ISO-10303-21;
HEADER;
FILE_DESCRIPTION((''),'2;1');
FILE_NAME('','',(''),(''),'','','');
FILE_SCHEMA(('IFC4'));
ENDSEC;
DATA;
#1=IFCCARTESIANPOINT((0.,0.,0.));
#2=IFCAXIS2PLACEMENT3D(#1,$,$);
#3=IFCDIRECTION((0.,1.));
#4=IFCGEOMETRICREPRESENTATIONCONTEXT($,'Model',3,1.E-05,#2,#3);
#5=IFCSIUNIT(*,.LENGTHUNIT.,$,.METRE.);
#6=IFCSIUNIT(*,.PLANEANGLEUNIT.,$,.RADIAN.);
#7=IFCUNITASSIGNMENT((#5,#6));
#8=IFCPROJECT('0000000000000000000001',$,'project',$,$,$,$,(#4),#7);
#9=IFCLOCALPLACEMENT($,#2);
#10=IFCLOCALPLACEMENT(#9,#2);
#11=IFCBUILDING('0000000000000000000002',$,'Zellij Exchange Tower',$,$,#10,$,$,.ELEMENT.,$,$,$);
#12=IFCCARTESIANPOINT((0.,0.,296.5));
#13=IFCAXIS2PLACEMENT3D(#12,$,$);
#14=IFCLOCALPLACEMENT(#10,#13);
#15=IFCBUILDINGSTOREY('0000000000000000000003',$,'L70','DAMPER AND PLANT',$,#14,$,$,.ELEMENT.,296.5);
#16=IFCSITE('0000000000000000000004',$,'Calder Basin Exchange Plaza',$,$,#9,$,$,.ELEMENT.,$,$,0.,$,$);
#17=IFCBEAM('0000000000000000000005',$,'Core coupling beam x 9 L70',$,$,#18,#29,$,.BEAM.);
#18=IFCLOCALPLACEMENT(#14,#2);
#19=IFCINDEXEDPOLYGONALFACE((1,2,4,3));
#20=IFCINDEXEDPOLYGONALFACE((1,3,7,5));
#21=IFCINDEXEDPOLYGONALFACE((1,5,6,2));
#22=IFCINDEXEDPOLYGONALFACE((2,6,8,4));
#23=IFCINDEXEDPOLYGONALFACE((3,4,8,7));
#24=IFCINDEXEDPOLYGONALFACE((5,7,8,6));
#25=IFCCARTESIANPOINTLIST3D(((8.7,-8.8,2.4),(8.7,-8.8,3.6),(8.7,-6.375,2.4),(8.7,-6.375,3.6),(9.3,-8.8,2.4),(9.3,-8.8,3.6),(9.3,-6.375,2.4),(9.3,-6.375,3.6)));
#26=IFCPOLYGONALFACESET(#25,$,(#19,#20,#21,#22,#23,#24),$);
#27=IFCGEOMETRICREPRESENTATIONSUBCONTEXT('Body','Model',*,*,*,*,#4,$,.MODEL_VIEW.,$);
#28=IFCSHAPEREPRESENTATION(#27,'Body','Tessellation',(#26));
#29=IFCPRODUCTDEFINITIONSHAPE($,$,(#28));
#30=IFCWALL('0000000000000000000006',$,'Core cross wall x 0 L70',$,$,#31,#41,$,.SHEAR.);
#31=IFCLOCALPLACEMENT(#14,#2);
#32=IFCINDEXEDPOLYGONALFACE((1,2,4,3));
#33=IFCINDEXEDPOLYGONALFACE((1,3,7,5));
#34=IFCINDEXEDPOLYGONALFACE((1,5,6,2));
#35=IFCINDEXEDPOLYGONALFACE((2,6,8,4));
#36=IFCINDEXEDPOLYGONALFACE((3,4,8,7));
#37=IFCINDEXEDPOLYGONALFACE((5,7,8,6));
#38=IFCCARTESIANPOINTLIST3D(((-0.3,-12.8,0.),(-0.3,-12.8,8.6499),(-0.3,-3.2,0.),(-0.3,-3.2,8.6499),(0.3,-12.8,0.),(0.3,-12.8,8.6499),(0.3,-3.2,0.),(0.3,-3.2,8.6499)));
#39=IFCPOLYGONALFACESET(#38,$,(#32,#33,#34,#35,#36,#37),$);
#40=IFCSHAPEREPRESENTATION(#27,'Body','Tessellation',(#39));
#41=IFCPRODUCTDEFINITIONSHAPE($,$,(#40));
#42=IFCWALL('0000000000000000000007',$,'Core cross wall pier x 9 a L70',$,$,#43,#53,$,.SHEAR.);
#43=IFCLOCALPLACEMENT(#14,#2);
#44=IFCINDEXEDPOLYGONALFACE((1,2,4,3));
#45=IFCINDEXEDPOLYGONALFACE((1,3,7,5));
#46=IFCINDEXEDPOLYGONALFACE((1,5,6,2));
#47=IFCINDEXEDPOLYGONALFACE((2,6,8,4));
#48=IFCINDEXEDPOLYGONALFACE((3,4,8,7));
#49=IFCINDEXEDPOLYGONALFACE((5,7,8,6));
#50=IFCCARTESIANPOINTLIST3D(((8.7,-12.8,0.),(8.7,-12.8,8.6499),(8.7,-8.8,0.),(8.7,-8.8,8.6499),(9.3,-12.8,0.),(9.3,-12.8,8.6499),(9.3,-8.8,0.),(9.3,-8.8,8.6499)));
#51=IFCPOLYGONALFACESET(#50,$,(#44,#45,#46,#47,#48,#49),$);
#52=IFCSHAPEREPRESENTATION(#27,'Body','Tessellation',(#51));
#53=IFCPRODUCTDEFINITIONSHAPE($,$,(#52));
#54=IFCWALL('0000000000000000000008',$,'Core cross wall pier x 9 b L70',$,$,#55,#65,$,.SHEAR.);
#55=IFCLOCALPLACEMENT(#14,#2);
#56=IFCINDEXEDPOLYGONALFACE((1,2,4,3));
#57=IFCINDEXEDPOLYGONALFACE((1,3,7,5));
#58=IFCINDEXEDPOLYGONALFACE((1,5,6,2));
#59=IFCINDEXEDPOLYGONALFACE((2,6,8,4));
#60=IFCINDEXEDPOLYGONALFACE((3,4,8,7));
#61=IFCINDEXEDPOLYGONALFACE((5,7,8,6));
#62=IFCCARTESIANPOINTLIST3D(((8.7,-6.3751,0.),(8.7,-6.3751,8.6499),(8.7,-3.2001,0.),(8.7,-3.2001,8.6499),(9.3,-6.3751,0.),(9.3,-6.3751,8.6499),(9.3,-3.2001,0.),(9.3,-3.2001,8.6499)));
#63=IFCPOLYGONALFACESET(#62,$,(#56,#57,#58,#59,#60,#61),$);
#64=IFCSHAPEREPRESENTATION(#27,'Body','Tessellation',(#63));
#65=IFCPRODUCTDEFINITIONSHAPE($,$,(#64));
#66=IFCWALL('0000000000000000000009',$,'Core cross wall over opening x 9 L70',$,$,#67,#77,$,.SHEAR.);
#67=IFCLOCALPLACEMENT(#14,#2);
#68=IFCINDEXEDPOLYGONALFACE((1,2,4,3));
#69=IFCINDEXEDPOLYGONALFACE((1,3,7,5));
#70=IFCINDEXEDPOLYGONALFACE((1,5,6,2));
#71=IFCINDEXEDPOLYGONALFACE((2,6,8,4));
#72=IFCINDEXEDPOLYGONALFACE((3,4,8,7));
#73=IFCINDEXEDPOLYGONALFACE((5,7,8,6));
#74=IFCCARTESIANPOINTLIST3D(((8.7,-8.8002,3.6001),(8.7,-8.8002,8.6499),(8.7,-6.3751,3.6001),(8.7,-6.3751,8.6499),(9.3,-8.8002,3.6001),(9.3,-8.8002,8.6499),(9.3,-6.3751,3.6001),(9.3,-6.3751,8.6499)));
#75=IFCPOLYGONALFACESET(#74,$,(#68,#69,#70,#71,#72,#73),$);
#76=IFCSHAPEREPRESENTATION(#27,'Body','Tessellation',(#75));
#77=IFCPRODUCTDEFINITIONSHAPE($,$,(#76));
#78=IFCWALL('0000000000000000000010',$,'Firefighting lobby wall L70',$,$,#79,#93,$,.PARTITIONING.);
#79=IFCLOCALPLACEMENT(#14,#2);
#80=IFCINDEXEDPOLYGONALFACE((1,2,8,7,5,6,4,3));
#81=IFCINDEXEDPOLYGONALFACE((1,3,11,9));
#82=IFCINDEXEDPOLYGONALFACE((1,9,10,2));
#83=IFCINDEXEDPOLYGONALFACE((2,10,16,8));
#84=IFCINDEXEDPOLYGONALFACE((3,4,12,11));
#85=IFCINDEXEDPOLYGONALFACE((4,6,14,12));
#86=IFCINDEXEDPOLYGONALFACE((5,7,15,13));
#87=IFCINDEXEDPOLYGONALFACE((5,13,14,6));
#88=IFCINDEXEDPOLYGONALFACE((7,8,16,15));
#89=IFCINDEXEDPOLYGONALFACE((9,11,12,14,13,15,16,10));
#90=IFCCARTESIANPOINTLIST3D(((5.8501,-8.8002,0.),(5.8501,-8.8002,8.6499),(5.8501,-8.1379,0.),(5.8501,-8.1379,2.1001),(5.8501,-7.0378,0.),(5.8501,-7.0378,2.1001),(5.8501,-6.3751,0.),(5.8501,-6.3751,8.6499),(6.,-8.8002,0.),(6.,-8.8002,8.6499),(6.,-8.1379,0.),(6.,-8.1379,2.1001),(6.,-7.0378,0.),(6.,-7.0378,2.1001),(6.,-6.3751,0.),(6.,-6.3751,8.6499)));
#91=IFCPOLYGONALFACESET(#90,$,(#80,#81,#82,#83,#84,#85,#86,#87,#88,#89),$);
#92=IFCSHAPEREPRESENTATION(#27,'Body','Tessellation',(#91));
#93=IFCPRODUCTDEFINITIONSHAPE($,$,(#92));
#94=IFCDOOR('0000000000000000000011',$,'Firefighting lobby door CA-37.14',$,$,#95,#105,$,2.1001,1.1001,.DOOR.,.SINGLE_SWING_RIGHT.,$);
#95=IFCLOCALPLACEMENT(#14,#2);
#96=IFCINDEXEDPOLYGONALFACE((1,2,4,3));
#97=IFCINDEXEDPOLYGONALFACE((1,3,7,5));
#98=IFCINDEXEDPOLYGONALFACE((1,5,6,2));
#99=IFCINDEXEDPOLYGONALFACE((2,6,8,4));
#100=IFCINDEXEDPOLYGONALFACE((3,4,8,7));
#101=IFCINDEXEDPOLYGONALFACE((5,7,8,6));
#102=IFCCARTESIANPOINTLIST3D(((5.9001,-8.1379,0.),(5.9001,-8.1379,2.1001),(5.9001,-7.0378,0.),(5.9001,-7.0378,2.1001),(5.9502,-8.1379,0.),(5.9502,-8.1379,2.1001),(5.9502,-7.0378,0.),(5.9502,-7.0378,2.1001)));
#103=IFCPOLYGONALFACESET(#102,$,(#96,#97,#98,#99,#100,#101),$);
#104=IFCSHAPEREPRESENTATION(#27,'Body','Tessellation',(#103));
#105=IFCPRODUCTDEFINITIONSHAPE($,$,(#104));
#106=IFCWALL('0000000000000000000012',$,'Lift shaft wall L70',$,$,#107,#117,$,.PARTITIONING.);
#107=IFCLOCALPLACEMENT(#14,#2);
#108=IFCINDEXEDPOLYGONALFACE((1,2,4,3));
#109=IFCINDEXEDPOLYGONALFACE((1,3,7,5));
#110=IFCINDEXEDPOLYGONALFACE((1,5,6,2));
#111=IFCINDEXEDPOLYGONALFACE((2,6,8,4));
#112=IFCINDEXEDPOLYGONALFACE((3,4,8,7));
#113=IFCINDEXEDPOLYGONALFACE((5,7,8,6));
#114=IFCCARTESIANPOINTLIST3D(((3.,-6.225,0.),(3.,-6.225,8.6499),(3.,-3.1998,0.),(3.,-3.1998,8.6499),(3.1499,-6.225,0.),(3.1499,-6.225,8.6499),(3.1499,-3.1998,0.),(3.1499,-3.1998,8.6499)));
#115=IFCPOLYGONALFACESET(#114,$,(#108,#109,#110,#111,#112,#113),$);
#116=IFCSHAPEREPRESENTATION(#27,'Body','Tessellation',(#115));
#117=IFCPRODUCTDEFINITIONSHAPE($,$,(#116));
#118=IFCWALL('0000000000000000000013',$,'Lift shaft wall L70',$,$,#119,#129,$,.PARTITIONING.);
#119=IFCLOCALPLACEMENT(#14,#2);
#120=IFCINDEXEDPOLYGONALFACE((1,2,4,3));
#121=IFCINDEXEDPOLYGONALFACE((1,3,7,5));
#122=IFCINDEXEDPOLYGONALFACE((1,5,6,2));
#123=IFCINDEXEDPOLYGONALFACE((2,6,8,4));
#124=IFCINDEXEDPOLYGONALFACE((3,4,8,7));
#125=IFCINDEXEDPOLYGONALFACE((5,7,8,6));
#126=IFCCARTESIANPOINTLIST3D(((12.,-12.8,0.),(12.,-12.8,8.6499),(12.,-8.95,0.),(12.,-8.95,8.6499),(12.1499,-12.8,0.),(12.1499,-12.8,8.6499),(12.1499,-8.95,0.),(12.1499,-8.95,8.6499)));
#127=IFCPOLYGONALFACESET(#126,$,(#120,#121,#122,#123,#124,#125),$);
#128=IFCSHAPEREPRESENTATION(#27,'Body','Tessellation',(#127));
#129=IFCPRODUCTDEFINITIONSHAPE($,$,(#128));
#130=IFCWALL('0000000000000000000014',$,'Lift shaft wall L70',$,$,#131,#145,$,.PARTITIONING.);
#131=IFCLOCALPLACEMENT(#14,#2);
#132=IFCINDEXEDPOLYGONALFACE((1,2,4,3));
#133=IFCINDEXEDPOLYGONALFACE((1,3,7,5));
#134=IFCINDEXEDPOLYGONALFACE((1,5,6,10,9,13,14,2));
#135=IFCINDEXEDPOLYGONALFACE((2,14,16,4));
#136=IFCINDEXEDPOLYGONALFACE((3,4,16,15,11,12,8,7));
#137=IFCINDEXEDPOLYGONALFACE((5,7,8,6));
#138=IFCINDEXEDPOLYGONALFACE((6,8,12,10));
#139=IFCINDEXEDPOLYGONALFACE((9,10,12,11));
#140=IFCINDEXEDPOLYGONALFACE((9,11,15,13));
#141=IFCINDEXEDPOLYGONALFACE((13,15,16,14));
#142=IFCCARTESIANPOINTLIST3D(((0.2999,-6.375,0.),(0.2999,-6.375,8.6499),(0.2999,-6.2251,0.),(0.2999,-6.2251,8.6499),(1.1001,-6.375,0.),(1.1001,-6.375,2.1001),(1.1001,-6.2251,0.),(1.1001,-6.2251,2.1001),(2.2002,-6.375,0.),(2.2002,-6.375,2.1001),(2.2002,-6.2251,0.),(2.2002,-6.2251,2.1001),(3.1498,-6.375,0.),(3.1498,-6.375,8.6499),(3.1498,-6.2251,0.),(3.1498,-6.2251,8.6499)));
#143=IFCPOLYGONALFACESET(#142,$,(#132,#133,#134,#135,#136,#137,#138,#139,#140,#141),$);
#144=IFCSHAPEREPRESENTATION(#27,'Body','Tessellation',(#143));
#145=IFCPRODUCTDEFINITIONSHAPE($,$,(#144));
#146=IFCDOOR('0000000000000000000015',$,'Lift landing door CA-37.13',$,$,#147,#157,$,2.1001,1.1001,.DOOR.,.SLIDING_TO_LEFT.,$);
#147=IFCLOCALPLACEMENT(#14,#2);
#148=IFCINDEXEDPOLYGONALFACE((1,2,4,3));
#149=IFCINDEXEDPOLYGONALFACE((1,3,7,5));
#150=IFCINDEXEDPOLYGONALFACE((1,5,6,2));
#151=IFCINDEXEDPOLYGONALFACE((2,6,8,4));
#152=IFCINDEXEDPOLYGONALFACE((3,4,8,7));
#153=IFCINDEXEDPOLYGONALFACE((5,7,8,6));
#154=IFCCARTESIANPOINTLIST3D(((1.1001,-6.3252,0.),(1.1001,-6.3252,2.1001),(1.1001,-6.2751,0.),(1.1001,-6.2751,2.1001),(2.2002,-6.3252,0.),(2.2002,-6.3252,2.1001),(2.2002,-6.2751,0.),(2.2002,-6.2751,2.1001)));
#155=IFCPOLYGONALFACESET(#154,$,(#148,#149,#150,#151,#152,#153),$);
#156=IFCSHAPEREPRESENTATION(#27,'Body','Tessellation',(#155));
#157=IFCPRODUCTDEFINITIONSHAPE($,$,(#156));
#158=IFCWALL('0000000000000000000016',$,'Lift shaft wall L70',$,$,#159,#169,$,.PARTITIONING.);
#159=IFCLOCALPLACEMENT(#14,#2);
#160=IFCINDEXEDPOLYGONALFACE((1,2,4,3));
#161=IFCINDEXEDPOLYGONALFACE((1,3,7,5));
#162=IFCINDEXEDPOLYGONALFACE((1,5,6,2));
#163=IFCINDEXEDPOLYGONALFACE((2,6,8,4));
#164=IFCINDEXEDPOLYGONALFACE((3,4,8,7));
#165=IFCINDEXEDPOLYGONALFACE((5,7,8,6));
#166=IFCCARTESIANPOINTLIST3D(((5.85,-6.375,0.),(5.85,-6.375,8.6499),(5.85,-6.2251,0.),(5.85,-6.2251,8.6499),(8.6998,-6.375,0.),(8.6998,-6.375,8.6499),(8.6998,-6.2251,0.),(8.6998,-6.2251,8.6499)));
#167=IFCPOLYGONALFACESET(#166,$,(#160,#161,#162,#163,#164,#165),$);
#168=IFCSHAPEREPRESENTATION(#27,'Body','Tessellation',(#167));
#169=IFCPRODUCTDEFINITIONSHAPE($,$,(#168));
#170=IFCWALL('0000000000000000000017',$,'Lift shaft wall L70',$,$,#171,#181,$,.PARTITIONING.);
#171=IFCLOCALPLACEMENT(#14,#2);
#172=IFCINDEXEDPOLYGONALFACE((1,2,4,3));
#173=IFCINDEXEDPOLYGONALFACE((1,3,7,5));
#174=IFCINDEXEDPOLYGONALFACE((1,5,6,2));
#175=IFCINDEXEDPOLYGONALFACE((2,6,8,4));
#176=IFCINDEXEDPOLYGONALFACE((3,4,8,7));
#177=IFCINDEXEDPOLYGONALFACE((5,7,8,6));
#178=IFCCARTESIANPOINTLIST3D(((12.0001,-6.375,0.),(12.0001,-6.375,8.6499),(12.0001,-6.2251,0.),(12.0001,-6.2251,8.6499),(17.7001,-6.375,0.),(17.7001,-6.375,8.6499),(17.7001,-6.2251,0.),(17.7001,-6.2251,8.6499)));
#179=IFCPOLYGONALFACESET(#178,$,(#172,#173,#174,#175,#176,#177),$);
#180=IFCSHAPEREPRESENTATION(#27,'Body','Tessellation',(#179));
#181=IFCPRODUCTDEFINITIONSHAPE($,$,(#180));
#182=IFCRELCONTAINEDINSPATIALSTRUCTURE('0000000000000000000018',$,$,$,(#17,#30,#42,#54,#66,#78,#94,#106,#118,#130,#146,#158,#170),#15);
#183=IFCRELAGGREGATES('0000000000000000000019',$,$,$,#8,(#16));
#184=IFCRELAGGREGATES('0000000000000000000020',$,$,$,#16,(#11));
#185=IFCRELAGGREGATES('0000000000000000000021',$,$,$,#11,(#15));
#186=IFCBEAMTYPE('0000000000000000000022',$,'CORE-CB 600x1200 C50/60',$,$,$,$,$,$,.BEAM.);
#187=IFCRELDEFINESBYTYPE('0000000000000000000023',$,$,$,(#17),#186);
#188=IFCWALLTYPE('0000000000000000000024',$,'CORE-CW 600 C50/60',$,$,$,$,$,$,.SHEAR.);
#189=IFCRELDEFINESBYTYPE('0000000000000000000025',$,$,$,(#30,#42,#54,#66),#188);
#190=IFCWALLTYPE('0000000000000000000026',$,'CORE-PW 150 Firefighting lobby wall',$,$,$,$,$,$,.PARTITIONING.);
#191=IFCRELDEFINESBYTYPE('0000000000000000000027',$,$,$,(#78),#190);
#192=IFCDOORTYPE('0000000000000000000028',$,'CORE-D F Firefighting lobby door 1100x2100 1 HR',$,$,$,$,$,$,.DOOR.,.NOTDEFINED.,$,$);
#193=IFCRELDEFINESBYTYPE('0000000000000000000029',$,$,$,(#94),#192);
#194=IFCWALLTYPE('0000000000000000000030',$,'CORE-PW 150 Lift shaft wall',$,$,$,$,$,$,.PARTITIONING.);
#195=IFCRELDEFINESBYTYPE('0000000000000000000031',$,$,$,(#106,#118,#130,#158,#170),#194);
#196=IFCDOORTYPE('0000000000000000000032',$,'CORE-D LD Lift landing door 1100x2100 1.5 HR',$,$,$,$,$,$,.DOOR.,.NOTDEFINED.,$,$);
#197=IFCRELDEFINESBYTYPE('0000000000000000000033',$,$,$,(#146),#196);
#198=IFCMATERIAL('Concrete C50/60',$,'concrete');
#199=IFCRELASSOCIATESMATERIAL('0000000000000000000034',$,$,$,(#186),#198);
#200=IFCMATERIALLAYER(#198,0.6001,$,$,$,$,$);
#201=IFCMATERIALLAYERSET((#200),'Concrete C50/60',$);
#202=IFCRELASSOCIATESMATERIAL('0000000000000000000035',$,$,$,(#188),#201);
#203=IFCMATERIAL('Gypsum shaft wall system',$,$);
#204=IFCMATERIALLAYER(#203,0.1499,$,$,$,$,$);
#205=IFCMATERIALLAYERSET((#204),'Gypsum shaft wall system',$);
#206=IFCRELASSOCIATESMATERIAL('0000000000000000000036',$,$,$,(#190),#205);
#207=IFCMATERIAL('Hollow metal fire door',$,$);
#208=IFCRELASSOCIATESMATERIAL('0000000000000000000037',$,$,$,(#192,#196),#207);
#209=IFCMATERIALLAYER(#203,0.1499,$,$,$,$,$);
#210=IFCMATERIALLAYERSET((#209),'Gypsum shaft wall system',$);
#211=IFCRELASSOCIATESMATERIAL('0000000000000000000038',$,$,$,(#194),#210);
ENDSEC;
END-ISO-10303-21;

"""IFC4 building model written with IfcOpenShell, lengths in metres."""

from ifc_helpers import new_model, si_unit, direction, frame, frame_2d, origin, origin_2d, place, context, subcontext, project, spatial, rectangle, extrude, material, layer, layer_set, material_profile, profile_set, type_object, element, fill, save


model = new_model("IFC4")

# Units and contexts
model_context = context("Model", 3, precision=1e-05, world=origin(), true_north=direction((0.0, 1.0)))
body_context = subcontext(model_context, "Body", "Model", "MODEL_VIEW")
ifc_project = project(units=[si_unit("LENGTHUNIT", "METRE"), si_unit("PLANEANGLEUNIT", "RADIAN")], contexts=[model_context])

# Site, building, storey
site_placement = place(None, origin())
site = spatial("IfcSite", under=ifc_project, at=site_placement, Name="Calder Basin Exchange Plaza", CompositionType="ELEMENT", RefElevation=0.0)
building_placement = place(site_placement, origin())
building = spatial("IfcBuilding", under=site, at=building_placement, Name="Zellij Exchange Tower", CompositionType="ELEMENT")
storey_placement = place(building_placement, frame((0.0, 0.0, 296.5)))
storey = spatial("IfcBuildingStorey", under=building, at=storey_placement, Name="L70", Description="DAMPER AND PLANT", CompositionType="ELEMENT", Elevation=296.5)

# Beam
ifc_material_1 = material(Name="Concrete C50/60", Category="concrete")
ifc_material_profile = material_profile(ifc_material_1, rectangle(XDim=0.6001, YDim=1.2, at=origin_2d()), Name="CORE-CB 600x1200 C50/60")
ifc_profile_set = profile_set([ifc_material_profile], Name="Concrete C50/60")
beam_type = type_object("IfcBeamType", Name="CORE-CB 600x1200 C50/60", PredefinedType="BEAM", material=ifc_profile_set)
beam_placement = place(storey_placement, frame((9.0, -8.8, 3.0), z_axis=(0.0, 1.0, 0.0), x_axis=(-1.0, 0.0, 0.0)))
element("IfcBeam", 1, at=beam_placement, inside=storey, type_object=beam_type, Name="Core coupling beam x 9 L70", PredefinedType="BEAM", context=body_context, shape_type="SweptSolid", body=[
    extrude(rectangle(XDim=0.6001, YDim=1.2, at=origin_2d()), origin(), (0.0, 0.0, 1.0), 2.425),
])

# Walls
ifc_layer_1 = layer(ifc_material_1, 0.6001)
ifc_layer_set_1 = layer_set([ifc_layer_1], Name="Concrete C50/60")
wall_type_1 = type_object("IfcWallType", Name="CORE-CW 600 C50/60", PredefinedType="SHEAR", material=ifc_layer_set_1)
wall_1_placement = place(storey_placement, frame((0.0, -12.8, 0.0), z_axis=(0.0, 0.0, 1.0), x_axis=(0.0, 1.0, 0.0)))
element("IfcWall", 2, at=wall_1_placement, inside=storey, type_object=wall_type_1, Name="Core cross wall x 0 L70", PredefinedType="SHEAR", context=body_context, shape_type="SweptSolid", body=[
    extrude(rectangle(XDim=9.6001, YDim=0.6001, at=frame_2d((4.8, 0.0))), origin(), (0.0, 0.0, 1.0), 8.6499),
])
wall_2_placement = place(storey_placement, frame((9.0, -12.8, 0.0), z_axis=(0.0, 0.0, 1.0), x_axis=(0.0, 1.0, 0.0)))
element("IfcWall", 3, at=wall_2_placement, inside=storey, type_object=wall_type_1, Name="Core cross wall pier x 9 a L70", PredefinedType="SHEAR", context=body_context, shape_type="SweptSolid", body=[
    extrude(rectangle(XDim=4.0, YDim=0.6001, at=frame_2d((2.0, 0.0))), origin(), (0.0, 0.0, 1.0), 8.6499),
])
wall_3_placement = place(storey_placement, frame((9.0, -6.375, 0.0), z_axis=(0.0, 0.0, 1.0), x_axis=(0.0, 1.0, 0.0)))
element("IfcWall", 4, at=wall_3_placement, inside=storey, type_object=wall_type_1, Name="Core cross wall pier x 9 b L70", PredefinedType="SHEAR", context=body_context, shape_type="SweptSolid", body=[
    extrude(rectangle(XDim=3.175, YDim=0.6001, at=frame_2d((1.5874, 0.0))), origin(), (0.0, 0.0, 1.0), 8.6499),
])
wall_4_placement = place(storey_placement, frame((9.0, -8.8, 3.6001), z_axis=(0.0, 0.0, 1.0), x_axis=(0.0, 1.0, 0.0)))
element("IfcWall", 5, at=wall_4_placement, inside=storey, type_object=wall_type_1, Name="Core cross wall over opening x 9 L70", PredefinedType="SHEAR", context=body_context, shape_type="SweptSolid", body=[
    extrude(rectangle(XDim=2.425, YDim=0.6001, at=frame_2d((1.2124, 0.0))), origin(), (0.0, 0.0, 1.0), 5.0498),
])

# Wall, opening, door
ifc_material_2 = material(Name="Gypsum shaft wall system")
ifc_layer_2 = layer(ifc_material_2, 0.1499)
ifc_layer_set_2 = layer_set([ifc_layer_2], Name="Gypsum shaft wall system")
wall_type_2 = type_object("IfcWallType", Name="CORE-PW 150 Firefighting lobby wall", PredefinedType="PARTITIONING", material=ifc_layer_set_2)
wall_5_placement = place(storey_placement, frame((5.925, -8.8, 0.0), z_axis=(0.0, 0.0, 1.0), x_axis=(0.0, 1.0, 0.0)))
wall_5 = element("IfcWall", 6, at=wall_5_placement, inside=storey, type_object=wall_type_2, Name="Firefighting lobby wall L70", PredefinedType="PARTITIONING", context=body_context, shape_type="SweptSolid", body=[
    extrude(rectangle(XDim=2.425, YDim=0.1499, at=frame_2d((1.2124, 0.0))), origin(), (0.0, 0.0, 1.0), 8.6499),
])
opening_1_placement = place(wall_5_placement, frame((0.6621, 0.0, 0.0)))
opening_1 = element("IfcOpeningElement", 7, at=opening_1_placement, cuts=wall_5, PredefinedType="OPENING", context=body_context, shape_type="SweptSolid", body=[
    extrude(rectangle(XDim=1.1001, YDim=2.1001, at=frame_2d((0.55, 1.05))), frame((0.0, 0.0869, 0.0), z_axis=(0.0, -1.0, 0.0), x_axis=(1.0, 0.0, 0.0)), (0.0, 0.0, 1.0), 0.1738),
])
ifc_material_3 = material(Name="Hollow metal fire door")
door_type_1 = type_object("IfcDoorType", Name="CORE-D F Firefighting lobby door 1100x2100 1 HR", OperationType="NOTDEFINED", PredefinedType="DOOR", material=ifc_material_3)
door_1_placement = place(opening_1_placement, origin())
door_1 = element("IfcDoor", 8, at=door_1_placement, inside=storey, type_object=door_type_1, Name="Firefighting lobby door CA-37.14", OperationType="SINGLE_SWING_RIGHT", OverallHeight=2.1001, OverallWidth=1.1001, PredefinedType="DOOR", context=body_context, shape_type="SweptSolid", body=[
    extrude(rectangle(XDim=1.1001, YDim=2.1001, at=frame_2d((0.55, 1.05))), frame((0.0, 0.0249, 0.0), z_axis=(0.0, -1.0, 0.0), x_axis=(1.0, 0.0, 0.0)), (0.0, 0.0, 1.0), 0.05),
])
fill(opening_1, door_1)

# Walls
ifc_layer_3 = layer(ifc_material_2, 0.1499)
ifc_layer_set_3 = layer_set([ifc_layer_3], Name="Gypsum shaft wall system")
wall_type_3 = type_object("IfcWallType", Name="CORE-PW 150 Lift shaft wall", PredefinedType="PARTITIONING", material=ifc_layer_set_3)
wall_6_placement = place(storey_placement, frame((3.075, -6.2251, 0.0), z_axis=(0.0, 0.0, 1.0), x_axis=(0.0, 1.0, 0.0)))
element("IfcWall", 9, at=wall_6_placement, inside=storey, type_object=wall_type_3, Name="Lift shaft wall L70", PredefinedType="PARTITIONING", context=body_context, shape_type="SweptSolid", body=[
    extrude(rectangle(XDim=3.0251, YDim=0.1499, at=frame_2d((1.5127, 0.0))), origin(), (0.0, 0.0, 1.0), 8.6499),
])
wall_7_placement = place(storey_placement, frame((12.075, -12.8, 0.0), z_axis=(0.0, 0.0, 1.0), x_axis=(0.0, 1.0, 0.0)))
element("IfcWall", 10, at=wall_7_placement, inside=storey, type_object=wall_type_3, Name="Lift shaft wall L70", PredefinedType="PARTITIONING", context=body_context, shape_type="SweptSolid", body=[
    extrude(rectangle(XDim=3.8501, YDim=0.1499, at=frame_2d((1.925, 0.0))), origin(), (0.0, 0.0, 1.0), 8.6499),
])

# Wall, opening, door
wall_8_placement = place(storey_placement, frame((0.3, -6.3, 0.0), z_axis=(0.0, 0.0, 1.0), x_axis=(1.0, 0.0, 0.0)))
wall_8 = element("IfcWall", 11, at=wall_8_placement, inside=storey, type_object=wall_type_3, Name="Lift shaft wall L70", PredefinedType="PARTITIONING", context=body_context, shape_type="SweptSolid", body=[
    extrude(rectangle(XDim=2.8499, YDim=0.1499, at=frame_2d((1.4248, 0.0))), origin(), (0.0, 0.0, 1.0), 8.6499),
])
opening_2_placement = place(wall_8_placement, frame((0.8, 0.0, 0.0)))
opening_2 = element("IfcOpeningElement", 12, at=opening_2_placement, cuts=wall_8, PredefinedType="OPENING", context=body_context, shape_type="SweptSolid", body=[
    extrude(rectangle(XDim=1.1001, YDim=2.1001, at=frame_2d((0.55, 1.05))), frame((0.0, 0.0869, 0.0), z_axis=(0.0, -1.0, 0.0), x_axis=(1.0, 0.0, 0.0)), (0.0, 0.0, 1.0), 0.1738),
])
door_type_2 = type_object("IfcDoorType", Name="CORE-D LD Lift landing door 1100x2100 1.5 HR", OperationType="NOTDEFINED", PredefinedType="DOOR", material=ifc_material_3)
door_2_placement = place(opening_2_placement, origin())
door_2 = element("IfcDoor", 13, at=door_2_placement, inside=storey, type_object=door_type_2, Name="Lift landing door CA-37.13", OperationType="SLIDING_TO_LEFT", OverallHeight=2.1001, OverallWidth=1.1001, PredefinedType="DOOR", context=body_context, shape_type="SweptSolid", body=[
    extrude(rectangle(XDim=1.1001, YDim=2.1001, at=frame_2d((0.55, 1.05))), frame((0.0, 0.0249, 0.0), z_axis=(0.0, -1.0, 0.0), x_axis=(1.0, 0.0, 0.0)), (0.0, 0.0, 1.0), 0.05),
])
fill(opening_2, door_2)

# Walls
wall_9_placement = place(storey_placement, frame((5.8501, -6.3, 0.0), z_axis=(0.0, 0.0, 1.0), x_axis=(1.0, 0.0, 0.0)))
element("IfcWall", 14, at=wall_9_placement, inside=storey, type_object=wall_type_3, Name="Lift shaft wall L70", PredefinedType="PARTITIONING", context=body_context, shape_type="SweptSolid", body=[
    extrude(rectangle(XDim=2.8499, YDim=0.1499, at=frame_2d((1.4248, 0.0))), origin(), (0.0, 0.0, 1.0), 8.6499),
])
wall_10_placement = place(storey_placement, frame((12.0, -6.3, 0.0), z_axis=(0.0, 0.0, 1.0), x_axis=(1.0, 0.0, 0.0)))
element("IfcWall", 15, at=wall_10_placement, inside=storey, type_object=wall_type_3, Name="Lift shaft wall L70", PredefinedType="PARTITIONING", context=body_context, shape_type="SweptSolid", body=[
    extrude(rectangle(XDim=5.7, YDim=0.1499, at=frame_2d((2.8501, 0.0))), origin(), (0.0, 0.0, 1.0), 8.6499),
])

save(model, "model.ifc")
